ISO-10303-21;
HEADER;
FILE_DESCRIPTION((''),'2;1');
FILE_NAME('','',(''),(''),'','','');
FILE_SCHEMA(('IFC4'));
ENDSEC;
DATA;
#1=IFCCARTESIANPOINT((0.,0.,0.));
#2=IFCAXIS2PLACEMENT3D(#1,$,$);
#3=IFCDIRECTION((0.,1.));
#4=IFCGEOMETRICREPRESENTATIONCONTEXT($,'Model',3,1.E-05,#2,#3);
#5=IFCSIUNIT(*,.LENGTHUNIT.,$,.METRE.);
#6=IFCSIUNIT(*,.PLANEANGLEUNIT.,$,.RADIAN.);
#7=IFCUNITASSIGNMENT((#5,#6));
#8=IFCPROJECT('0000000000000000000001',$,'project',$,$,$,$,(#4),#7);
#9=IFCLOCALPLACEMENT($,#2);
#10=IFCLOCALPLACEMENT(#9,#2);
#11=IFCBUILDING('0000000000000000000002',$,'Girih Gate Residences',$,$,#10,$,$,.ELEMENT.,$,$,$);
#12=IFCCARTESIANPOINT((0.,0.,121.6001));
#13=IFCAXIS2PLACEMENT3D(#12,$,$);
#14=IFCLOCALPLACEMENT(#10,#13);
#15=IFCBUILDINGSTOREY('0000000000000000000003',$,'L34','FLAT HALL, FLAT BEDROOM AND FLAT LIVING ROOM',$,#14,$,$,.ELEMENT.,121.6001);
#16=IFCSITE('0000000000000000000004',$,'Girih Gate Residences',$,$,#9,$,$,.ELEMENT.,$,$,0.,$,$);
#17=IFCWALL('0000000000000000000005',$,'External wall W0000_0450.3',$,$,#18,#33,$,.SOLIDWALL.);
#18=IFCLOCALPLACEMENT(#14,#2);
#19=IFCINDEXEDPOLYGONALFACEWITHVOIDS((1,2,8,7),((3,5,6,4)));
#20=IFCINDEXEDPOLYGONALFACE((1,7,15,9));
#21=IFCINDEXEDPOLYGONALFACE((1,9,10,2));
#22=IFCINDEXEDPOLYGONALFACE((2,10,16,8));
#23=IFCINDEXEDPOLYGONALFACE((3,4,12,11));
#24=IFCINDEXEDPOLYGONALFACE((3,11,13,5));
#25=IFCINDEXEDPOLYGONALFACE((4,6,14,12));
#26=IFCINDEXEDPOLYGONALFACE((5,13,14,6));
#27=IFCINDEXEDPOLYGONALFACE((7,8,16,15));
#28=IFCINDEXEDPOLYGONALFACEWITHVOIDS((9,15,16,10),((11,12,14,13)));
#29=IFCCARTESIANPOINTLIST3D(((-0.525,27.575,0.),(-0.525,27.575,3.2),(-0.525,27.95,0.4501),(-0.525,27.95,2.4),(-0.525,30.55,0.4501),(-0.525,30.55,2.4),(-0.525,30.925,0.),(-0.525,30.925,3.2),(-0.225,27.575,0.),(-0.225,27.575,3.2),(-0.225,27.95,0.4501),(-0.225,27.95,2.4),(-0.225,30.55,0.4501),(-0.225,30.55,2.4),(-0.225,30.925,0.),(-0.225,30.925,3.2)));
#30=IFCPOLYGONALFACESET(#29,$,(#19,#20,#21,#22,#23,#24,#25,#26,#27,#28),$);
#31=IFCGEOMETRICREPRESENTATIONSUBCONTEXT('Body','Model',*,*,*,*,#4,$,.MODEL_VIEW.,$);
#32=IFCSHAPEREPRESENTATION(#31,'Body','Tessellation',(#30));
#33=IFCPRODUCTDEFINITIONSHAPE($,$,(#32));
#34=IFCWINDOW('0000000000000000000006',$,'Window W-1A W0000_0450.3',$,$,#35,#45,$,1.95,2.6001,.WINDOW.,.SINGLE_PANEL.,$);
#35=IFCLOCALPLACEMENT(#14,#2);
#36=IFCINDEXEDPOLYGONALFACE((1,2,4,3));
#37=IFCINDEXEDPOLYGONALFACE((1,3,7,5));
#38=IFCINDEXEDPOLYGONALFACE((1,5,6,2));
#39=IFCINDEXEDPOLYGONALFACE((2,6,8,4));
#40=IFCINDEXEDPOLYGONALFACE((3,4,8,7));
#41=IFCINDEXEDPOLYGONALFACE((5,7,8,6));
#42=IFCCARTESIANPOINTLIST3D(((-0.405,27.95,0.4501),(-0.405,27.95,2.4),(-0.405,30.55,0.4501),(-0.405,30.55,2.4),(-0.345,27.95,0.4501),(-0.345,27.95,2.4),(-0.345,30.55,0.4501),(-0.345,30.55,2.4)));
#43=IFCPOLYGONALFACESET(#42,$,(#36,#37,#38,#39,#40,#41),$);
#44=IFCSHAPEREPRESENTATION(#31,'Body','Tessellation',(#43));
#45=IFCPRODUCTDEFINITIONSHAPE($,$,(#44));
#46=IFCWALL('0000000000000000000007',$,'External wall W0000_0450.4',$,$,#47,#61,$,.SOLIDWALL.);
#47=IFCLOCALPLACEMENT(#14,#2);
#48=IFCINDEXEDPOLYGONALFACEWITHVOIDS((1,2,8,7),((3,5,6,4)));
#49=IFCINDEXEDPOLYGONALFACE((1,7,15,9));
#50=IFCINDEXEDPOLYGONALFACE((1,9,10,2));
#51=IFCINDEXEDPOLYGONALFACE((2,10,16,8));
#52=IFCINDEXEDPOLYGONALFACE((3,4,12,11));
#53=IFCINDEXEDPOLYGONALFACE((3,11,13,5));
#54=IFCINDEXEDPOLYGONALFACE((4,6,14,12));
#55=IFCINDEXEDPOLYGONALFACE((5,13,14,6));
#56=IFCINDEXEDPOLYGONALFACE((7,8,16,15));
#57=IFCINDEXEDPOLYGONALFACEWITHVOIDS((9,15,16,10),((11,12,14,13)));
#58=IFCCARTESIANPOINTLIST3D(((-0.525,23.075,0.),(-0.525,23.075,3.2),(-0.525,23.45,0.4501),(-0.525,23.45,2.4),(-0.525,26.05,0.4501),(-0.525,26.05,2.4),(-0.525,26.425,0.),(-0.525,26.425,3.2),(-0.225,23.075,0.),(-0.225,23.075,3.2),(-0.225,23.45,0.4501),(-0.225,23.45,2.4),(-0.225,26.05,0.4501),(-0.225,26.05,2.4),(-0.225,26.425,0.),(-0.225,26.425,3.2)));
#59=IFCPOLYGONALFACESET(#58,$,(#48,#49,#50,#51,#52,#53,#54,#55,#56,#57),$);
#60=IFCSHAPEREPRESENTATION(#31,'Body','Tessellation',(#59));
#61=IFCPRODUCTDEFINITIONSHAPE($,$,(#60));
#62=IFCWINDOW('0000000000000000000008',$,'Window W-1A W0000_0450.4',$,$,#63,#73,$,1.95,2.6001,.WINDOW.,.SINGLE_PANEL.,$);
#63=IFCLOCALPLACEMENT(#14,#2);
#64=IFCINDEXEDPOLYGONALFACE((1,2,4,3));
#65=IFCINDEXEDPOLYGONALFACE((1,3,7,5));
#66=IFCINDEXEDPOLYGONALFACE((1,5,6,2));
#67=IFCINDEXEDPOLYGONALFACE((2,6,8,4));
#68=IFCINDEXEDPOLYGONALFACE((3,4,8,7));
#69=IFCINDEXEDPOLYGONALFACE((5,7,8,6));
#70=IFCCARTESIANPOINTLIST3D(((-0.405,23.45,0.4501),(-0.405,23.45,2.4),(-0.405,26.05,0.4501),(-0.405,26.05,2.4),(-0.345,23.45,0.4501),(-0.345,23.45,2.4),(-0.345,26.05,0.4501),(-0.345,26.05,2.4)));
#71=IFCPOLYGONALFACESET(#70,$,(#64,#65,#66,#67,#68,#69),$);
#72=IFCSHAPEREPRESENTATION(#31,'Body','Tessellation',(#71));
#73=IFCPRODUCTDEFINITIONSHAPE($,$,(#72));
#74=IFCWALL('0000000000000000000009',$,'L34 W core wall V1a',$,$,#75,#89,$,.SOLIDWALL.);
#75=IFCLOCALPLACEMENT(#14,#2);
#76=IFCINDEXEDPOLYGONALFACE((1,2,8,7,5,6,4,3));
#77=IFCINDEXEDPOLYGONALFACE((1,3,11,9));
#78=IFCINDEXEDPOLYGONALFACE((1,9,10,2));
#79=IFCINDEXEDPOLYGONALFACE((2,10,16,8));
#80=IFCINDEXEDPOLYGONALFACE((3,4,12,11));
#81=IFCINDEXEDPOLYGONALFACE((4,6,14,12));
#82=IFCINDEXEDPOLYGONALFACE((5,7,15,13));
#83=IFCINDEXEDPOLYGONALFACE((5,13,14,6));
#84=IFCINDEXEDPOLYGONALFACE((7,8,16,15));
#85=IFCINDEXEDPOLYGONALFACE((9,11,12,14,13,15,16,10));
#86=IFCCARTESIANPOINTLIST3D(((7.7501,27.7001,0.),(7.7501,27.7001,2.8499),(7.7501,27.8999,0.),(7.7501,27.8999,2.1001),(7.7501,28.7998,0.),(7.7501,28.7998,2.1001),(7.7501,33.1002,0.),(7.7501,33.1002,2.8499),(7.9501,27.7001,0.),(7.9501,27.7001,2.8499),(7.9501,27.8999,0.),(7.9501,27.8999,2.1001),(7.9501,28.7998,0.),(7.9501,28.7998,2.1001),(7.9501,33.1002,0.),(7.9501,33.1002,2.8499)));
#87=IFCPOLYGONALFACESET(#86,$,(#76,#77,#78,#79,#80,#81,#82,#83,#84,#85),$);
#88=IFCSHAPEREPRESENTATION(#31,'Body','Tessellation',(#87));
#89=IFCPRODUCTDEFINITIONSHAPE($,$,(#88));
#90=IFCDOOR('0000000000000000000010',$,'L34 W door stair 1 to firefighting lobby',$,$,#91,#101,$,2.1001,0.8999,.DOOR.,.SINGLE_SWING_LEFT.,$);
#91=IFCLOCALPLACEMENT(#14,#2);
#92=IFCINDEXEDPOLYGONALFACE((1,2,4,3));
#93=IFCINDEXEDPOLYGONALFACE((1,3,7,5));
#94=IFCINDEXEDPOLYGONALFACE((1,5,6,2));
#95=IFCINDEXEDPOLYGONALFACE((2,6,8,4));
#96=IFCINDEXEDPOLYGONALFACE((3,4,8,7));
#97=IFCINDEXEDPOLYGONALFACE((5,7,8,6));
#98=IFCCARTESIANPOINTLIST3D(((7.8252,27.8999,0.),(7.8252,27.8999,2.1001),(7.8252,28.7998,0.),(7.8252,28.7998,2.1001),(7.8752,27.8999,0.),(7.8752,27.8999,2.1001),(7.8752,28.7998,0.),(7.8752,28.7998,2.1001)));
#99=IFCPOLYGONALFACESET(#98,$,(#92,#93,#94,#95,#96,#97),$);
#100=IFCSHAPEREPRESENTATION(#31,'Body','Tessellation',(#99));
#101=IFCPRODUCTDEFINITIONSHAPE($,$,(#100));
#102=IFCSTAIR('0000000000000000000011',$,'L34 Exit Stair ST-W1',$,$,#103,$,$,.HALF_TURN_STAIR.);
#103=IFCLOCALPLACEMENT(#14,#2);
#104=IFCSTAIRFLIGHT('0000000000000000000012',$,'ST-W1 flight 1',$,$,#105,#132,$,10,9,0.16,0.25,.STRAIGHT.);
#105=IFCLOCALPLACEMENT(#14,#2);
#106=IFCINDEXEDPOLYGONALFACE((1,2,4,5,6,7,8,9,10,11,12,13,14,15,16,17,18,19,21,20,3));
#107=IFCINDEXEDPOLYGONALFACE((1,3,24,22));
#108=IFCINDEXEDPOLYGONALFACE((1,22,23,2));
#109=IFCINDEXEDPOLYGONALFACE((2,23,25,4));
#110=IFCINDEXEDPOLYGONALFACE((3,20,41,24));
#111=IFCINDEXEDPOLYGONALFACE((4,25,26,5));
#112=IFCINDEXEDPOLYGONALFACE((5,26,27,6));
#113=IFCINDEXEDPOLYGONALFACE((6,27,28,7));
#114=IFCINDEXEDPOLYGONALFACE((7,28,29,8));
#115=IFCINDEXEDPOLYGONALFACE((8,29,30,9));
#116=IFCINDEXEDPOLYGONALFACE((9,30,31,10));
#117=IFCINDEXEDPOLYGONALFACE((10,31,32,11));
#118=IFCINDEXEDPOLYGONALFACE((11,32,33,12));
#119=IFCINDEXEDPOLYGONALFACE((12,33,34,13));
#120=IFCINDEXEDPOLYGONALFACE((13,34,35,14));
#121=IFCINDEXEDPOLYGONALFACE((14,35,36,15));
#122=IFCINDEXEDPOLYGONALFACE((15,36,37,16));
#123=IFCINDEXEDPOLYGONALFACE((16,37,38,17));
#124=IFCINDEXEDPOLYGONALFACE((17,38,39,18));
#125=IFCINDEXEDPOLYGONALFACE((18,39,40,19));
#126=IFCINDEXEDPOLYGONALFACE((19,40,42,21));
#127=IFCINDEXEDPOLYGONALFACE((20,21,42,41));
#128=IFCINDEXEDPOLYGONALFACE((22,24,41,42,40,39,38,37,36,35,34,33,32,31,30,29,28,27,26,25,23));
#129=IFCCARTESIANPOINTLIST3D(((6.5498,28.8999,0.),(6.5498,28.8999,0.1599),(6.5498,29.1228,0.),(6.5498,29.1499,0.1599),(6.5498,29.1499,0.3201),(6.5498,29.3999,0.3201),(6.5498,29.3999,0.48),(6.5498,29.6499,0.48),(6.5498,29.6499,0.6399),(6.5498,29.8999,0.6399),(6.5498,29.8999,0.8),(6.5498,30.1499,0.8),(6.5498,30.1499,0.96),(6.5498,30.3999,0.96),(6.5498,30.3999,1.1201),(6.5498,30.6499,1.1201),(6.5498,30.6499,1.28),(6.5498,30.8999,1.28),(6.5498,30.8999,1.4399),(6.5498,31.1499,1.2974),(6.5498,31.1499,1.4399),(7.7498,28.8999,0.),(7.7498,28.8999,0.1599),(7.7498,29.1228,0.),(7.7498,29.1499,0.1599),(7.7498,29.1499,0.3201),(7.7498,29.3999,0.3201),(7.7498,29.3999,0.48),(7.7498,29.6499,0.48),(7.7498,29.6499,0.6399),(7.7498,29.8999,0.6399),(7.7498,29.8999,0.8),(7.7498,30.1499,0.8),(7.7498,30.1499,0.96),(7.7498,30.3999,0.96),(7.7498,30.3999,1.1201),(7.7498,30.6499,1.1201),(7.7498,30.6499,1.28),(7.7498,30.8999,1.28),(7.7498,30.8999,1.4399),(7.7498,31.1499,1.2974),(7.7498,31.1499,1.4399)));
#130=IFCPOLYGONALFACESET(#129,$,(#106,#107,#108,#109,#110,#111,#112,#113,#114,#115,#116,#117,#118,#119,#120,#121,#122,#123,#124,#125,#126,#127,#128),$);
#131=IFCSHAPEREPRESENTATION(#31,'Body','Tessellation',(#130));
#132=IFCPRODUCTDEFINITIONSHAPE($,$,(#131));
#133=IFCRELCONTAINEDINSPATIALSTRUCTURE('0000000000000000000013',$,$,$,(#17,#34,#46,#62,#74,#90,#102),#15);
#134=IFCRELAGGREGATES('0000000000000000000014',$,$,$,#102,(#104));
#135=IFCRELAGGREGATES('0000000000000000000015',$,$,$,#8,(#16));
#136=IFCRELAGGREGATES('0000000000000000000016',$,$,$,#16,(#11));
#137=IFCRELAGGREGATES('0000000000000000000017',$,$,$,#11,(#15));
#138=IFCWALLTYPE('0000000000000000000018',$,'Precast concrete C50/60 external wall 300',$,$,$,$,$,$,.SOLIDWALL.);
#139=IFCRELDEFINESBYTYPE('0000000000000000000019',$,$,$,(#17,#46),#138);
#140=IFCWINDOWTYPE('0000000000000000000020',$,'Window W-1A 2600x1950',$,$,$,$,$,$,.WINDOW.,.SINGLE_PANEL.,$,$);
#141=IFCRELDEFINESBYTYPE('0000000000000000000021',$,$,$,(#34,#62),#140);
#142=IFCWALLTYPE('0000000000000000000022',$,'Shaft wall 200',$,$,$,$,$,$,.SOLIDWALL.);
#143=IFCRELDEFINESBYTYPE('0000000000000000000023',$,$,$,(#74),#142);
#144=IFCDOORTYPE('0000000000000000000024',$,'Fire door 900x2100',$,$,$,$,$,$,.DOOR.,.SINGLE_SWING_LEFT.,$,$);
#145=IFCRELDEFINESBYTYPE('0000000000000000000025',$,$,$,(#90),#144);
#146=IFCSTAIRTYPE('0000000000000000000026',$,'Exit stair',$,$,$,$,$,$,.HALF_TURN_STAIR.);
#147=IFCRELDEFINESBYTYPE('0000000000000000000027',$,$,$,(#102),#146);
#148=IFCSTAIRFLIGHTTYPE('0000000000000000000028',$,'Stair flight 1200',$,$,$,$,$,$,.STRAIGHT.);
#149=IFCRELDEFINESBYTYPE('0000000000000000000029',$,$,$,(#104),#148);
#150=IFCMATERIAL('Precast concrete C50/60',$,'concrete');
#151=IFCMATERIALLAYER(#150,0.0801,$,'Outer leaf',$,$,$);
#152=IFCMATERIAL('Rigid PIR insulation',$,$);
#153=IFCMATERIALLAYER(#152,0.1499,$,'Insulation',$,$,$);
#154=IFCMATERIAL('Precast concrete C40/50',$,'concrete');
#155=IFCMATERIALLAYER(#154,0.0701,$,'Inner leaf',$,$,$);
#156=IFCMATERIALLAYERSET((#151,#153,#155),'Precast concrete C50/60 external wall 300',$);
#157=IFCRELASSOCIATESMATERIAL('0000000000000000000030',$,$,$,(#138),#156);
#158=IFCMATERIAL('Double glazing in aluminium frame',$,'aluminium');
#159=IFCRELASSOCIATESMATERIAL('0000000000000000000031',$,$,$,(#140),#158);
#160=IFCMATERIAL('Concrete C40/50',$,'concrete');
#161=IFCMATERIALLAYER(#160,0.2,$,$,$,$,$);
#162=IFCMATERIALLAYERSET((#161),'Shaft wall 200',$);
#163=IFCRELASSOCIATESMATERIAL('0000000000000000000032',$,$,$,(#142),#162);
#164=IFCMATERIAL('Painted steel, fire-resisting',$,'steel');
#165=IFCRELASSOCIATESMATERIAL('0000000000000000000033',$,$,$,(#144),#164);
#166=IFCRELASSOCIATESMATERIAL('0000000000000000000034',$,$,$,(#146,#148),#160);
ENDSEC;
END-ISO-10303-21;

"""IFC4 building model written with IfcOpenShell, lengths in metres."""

from ifc_helpers import new_model, si_unit, direction, frame, frame_2d, origin, place, context, subcontext, project, spatial, polyline, rectangle, outline, extrude, material, layer, layer_set, type_object, element, fill, aggregate, save


model = new_model("IFC4")

# Units and contexts
model_context = context("Model", 3, precision=1e-05, world=origin(), true_north=direction((0.0, 1.0)))
body_context = subcontext(model_context, "Body", "Model", "MODEL_VIEW")
ifc_project = project(units=[si_unit("LENGTHUNIT", "METRE"), si_unit("PLANEANGLEUNIT", "RADIAN")], contexts=[model_context])

# Site, building, storey
site_placement = place(None, origin())
site = spatial("IfcSite", under=ifc_project, at=site_placement, Name="Girih Gate Residences", CompositionType="ELEMENT", RefElevation=0.0)
building_placement = place(site_placement, origin())
building = spatial("IfcBuilding", under=site, at=building_placement, Name="Girih Gate Residences", CompositionType="ELEMENT")
storey_placement = place(building_placement, frame((0.0, 0.0, 121.6001)))
storey = spatial("IfcBuildingStorey", under=building, at=storey_placement, Name="L34", Description="FLAT HALL, FLAT BEDROOM AND FLAT LIVING ROOM", CompositionType="ELEMENT", Elevation=121.6001)

# Shared definitions
ifc_material_1 = material(Name="Painted steel, fire-resisting", Category="steel")

# Walls, openings, windows
ifc_material_2 = material(Name="Precast concrete C50/60", Category="concrete")
ifc_layer_1 = layer(ifc_material_2, 0.0801, Name="Outer leaf")
ifc_material_3 = material(Name="Rigid PIR insulation")
ifc_layer_2 = layer(ifc_material_3, 0.1499, Name="Insulation")
ifc_material_4 = material(Name="Precast concrete C40/50", Category="concrete")
ifc_layer_3 = layer(ifc_material_4, 0.0701, Name="Inner leaf")
ifc_layer_set_1 = layer_set([ifc_layer_1, ifc_layer_2, ifc_layer_3], Name="Precast concrete C50/60 external wall 300")
wall_type_1 = type_object("IfcWallType", Name="Precast concrete C50/60 external wall 300", PredefinedType="SOLIDWALL", material=ifc_layer_set_1)
wall_1_placement = place(storey_placement, frame((-0.375, 27.575, 0.0), z_axis=(0.0, 0.0, 1.0), x_axis=(0.0, 1.0, 0.0)))
wall_1 = element("IfcWall", 1, at=wall_1_placement, inside=storey, type_object=wall_type_1, Name="External wall W0000_0450.3", PredefinedType="SOLIDWALL", context=body_context, shape_type="SweptSolid", body=[
    extrude(rectangle(XDim=3.3501, YDim=0.3, at=frame_2d((1.675, 0.0))), origin(), (0.0, 0.0, 1.0), 3.2),
])
opening_1_placement = place(wall_1_placement, frame((0.375, 0.0, 0.45)))
opening_1 = element("IfcOpeningElement", 2, at=opening_1_placement, cuts=wall_1, PredefinedType="OPENING", context=body_context, shape_type="SweptSolid", body=[
    extrude(rectangle(XDim=2.6001, YDim=1.95, at=frame_2d((1.3, 0.9751))), frame((0.0, 0.1599, 0.0), z_axis=(0.0, -1.0, 0.0), x_axis=(1.0, 0.0, 0.0)), (0.0, 0.0, 1.0), 0.3201),
])
ifc_material_5 = material(Name="Double glazing in aluminium frame", Category="aluminium")
window_type = type_object("IfcWindowType", Name="Window W-1A 2600x1950", PartitioningType="SINGLE_PANEL", PredefinedType="WINDOW", material=ifc_material_5)
window_1_placement = place(opening_1_placement, origin())
window_1 = element("IfcWindow", 3, at=window_1_placement, inside=storey, type_object=window_type, Name="Window W-1A W0000_0450.3", OverallHeight=1.95, OverallWidth=2.6001, PartitioningType="SINGLE_PANEL", PredefinedType="WINDOW", context=body_context, shape_type="SweptSolid", body=[
    extrude(rectangle(XDim=2.6001, YDim=1.95, at=frame_2d((1.3, 0.9751))), frame((0.0, 0.03, 0.0), z_axis=(0.0, -1.0, 0.0), x_axis=(1.0, 0.0, 0.0)), (0.0, 0.0, 1.0), 0.0601),
])
fill(opening_1, window_1)
wall_2_placement = place(storey_placement, frame((-0.375, 23.075, 0.0), z_axis=(0.0, 0.0, 1.0), x_axis=(0.0, 1.0, 0.0)))
wall_2 = element("IfcWall", 4, at=wall_2_placement, inside=storey, type_object=wall_type_1, Name="External wall W0000_0450.4", PredefinedType="SOLIDWALL", context=body_context, shape_type="SweptSolid", body=[
    extrude(rectangle(XDim=3.3501, YDim=0.3, at=frame_2d((1.675, 0.0))), origin(), (0.0, 0.0, 1.0), 3.2),
])
opening_2_placement = place(wall_2_placement, frame((0.375, 0.0, 0.45)))
opening_2 = element("IfcOpeningElement", 5, at=opening_2_placement, cuts=wall_2, PredefinedType="OPENING", context=body_context, shape_type="SweptSolid", body=[
    extrude(rectangle(XDim=2.6001, YDim=1.95, at=frame_2d((1.3, 0.9751))), frame((0.0, 0.1599, 0.0), z_axis=(0.0, -1.0, 0.0), x_axis=(1.0, 0.0, 0.0)), (0.0, 0.0, 1.0), 0.3201),
])
window_2_placement = place(opening_2_placement, origin())
window_2 = element("IfcWindow", 6, at=window_2_placement, inside=storey, type_object=window_type, Name="Window W-1A W0000_0450.4", OverallHeight=1.95, OverallWidth=2.6001, PartitioningType="SINGLE_PANEL", PredefinedType="WINDOW", context=body_context, shape_type="SweptSolid", body=[
    extrude(rectangle(XDim=2.6001, YDim=1.95, at=frame_2d((1.3, 0.9751))), frame((0.0, 0.03, 0.0), z_axis=(0.0, -1.0, 0.0), x_axis=(1.0, 0.0, 0.0)), (0.0, 0.0, 1.0), 0.0601),
])
fill(opening_2, window_2)

# Wall, opening, door
ifc_material_6 = material(Name="Concrete C40/50", Category="concrete")
ifc_layer_4 = layer(ifc_material_6, 0.2)
ifc_layer_set_2 = layer_set([ifc_layer_4], Name="Shaft wall 200")
wall_type_2 = type_object("IfcWallType", Name="Shaft wall 200", PredefinedType="SOLIDWALL", material=ifc_layer_set_2)
wall_3_placement = place(storey_placement, frame((7.8501, 27.7, 0.0), z_axis=(0.0, 0.0, 1.0), x_axis=(0.0, 1.0, 0.0)))
wall_3 = element("IfcWall", 7, at=wall_3_placement, inside=storey, type_object=wall_type_2, Name="L34 W core wall V1a", PredefinedType="SOLIDWALL", context=body_context, shape_type="SweptSolid", body=[
    extrude(rectangle(XDim=5.4001, YDim=0.2, at=frame_2d((2.7002, 0.0))), origin(), (0.0, 0.0, 1.0), 2.8499),
])
opening_3_placement = place(wall_3_placement, frame((0.2, 0.0, 0.0)))
opening_3 = element("IfcOpeningElement", 8, at=opening_3_placement, cuts=wall_3, PredefinedType="OPENING", context=body_context, shape_type="SweptSolid", body=[
    extrude(rectangle(XDim=0.8999, YDim=2.1001, at=frame_2d((0.45, 1.05))), frame((0.0, 0.1099, 0.0), z_axis=(0.0, -1.0, 0.0), x_axis=(1.0, 0.0, 0.0)), (0.0, 0.0, 1.0), 0.22),
])
door_type_1 = type_object("IfcDoorType", Name="Fire door 900x2100", OperationType="SINGLE_SWING_LEFT", PredefinedType="DOOR", material=ifc_material_1)
door_1_placement = place(opening_3_placement, origin())
door_1 = element("IfcDoor", 9, at=door_1_placement, inside=storey, type_object=door_type_1, Name="L34 W door stair 1 to firefighting lobby", OperationType="SINGLE_SWING_LEFT", OverallHeight=2.1001, OverallWidth=0.8999, PredefinedType="DOOR", context=body_context, shape_type="SweptSolid", body=[
    extrude(rectangle(XDim=0.8999, YDim=2.1001, at=frame_2d((0.45, 1.05))), frame((0.0, 0.0249, 0.0), z_axis=(0.0, -1.0, 0.0), x_axis=(1.0, 0.0, 0.0)), (0.0, 0.0, 1.0), 0.05),
])
fill(opening_3, door_1)

# Stair, stair flight
stair_type = type_object("IfcStairType", Name="Exit stair", PredefinedType="HALF_TURN_STAIR", material=ifc_material_6)
stair_placement = place(storey_placement, origin())
stair = element("IfcStair", 10, at=stair_placement, inside=storey, type_object=stair_type, Name="L34 Exit Stair ST-W1", PredefinedType="HALF_TURN_STAIR")
stair_flight_type = type_object("IfcStairFlightType", Name="Stair flight 1200", PredefinedType="STRAIGHT", material=ifc_material_6)
stair_flight_placement = place(storey_placement, frame((7.1499, 28.8999, 0.0), z_axis=(0.0, 0.0, 1.0), x_axis=(0.0, 1.0, 0.0)))
stair_flight = element("IfcStairFlight", 11, at=stair_flight_placement, type_object=stair_flight_type, Name="ST-W1 flight 1", NumberOfRisers=10, NumberOfTreads=9, PredefinedType="STRAIGHT", RiserHeight=0.16, TreadLength=0.25, context=body_context, shape_type="SweptSolid", body=[
    extrude(outline(polyline([(0.0, 0.0), (0.0, 0.1599), (0.25, 0.1599), (0.25, 0.3201), (0.5, 0.3201), (0.5, 0.48), (0.75, 0.48), (0.75, 0.6399), (1.0, 0.6399), (1.0, 0.8), (1.25, 0.8), (1.25, 0.96), (1.5, 0.96), (1.5, 1.1201), (1.75, 1.1201), (1.75, 1.28), (2.0, 1.28), (2.0, 1.4399), (2.25, 1.4399), (2.25, 1.6001), (2.25, 1.2974), (0.2229, 0.0), (0.0, 0.0)])), frame((0.0, 0.6001, 0.0), z_axis=(0.0, -1.0, 0.0), x_axis=(1.0, 0.0, 0.0)), (0.0, 0.0, 1.0), 1.2),
])
aggregate(stair, [stair_flight])

save(model, "model.ifc")
